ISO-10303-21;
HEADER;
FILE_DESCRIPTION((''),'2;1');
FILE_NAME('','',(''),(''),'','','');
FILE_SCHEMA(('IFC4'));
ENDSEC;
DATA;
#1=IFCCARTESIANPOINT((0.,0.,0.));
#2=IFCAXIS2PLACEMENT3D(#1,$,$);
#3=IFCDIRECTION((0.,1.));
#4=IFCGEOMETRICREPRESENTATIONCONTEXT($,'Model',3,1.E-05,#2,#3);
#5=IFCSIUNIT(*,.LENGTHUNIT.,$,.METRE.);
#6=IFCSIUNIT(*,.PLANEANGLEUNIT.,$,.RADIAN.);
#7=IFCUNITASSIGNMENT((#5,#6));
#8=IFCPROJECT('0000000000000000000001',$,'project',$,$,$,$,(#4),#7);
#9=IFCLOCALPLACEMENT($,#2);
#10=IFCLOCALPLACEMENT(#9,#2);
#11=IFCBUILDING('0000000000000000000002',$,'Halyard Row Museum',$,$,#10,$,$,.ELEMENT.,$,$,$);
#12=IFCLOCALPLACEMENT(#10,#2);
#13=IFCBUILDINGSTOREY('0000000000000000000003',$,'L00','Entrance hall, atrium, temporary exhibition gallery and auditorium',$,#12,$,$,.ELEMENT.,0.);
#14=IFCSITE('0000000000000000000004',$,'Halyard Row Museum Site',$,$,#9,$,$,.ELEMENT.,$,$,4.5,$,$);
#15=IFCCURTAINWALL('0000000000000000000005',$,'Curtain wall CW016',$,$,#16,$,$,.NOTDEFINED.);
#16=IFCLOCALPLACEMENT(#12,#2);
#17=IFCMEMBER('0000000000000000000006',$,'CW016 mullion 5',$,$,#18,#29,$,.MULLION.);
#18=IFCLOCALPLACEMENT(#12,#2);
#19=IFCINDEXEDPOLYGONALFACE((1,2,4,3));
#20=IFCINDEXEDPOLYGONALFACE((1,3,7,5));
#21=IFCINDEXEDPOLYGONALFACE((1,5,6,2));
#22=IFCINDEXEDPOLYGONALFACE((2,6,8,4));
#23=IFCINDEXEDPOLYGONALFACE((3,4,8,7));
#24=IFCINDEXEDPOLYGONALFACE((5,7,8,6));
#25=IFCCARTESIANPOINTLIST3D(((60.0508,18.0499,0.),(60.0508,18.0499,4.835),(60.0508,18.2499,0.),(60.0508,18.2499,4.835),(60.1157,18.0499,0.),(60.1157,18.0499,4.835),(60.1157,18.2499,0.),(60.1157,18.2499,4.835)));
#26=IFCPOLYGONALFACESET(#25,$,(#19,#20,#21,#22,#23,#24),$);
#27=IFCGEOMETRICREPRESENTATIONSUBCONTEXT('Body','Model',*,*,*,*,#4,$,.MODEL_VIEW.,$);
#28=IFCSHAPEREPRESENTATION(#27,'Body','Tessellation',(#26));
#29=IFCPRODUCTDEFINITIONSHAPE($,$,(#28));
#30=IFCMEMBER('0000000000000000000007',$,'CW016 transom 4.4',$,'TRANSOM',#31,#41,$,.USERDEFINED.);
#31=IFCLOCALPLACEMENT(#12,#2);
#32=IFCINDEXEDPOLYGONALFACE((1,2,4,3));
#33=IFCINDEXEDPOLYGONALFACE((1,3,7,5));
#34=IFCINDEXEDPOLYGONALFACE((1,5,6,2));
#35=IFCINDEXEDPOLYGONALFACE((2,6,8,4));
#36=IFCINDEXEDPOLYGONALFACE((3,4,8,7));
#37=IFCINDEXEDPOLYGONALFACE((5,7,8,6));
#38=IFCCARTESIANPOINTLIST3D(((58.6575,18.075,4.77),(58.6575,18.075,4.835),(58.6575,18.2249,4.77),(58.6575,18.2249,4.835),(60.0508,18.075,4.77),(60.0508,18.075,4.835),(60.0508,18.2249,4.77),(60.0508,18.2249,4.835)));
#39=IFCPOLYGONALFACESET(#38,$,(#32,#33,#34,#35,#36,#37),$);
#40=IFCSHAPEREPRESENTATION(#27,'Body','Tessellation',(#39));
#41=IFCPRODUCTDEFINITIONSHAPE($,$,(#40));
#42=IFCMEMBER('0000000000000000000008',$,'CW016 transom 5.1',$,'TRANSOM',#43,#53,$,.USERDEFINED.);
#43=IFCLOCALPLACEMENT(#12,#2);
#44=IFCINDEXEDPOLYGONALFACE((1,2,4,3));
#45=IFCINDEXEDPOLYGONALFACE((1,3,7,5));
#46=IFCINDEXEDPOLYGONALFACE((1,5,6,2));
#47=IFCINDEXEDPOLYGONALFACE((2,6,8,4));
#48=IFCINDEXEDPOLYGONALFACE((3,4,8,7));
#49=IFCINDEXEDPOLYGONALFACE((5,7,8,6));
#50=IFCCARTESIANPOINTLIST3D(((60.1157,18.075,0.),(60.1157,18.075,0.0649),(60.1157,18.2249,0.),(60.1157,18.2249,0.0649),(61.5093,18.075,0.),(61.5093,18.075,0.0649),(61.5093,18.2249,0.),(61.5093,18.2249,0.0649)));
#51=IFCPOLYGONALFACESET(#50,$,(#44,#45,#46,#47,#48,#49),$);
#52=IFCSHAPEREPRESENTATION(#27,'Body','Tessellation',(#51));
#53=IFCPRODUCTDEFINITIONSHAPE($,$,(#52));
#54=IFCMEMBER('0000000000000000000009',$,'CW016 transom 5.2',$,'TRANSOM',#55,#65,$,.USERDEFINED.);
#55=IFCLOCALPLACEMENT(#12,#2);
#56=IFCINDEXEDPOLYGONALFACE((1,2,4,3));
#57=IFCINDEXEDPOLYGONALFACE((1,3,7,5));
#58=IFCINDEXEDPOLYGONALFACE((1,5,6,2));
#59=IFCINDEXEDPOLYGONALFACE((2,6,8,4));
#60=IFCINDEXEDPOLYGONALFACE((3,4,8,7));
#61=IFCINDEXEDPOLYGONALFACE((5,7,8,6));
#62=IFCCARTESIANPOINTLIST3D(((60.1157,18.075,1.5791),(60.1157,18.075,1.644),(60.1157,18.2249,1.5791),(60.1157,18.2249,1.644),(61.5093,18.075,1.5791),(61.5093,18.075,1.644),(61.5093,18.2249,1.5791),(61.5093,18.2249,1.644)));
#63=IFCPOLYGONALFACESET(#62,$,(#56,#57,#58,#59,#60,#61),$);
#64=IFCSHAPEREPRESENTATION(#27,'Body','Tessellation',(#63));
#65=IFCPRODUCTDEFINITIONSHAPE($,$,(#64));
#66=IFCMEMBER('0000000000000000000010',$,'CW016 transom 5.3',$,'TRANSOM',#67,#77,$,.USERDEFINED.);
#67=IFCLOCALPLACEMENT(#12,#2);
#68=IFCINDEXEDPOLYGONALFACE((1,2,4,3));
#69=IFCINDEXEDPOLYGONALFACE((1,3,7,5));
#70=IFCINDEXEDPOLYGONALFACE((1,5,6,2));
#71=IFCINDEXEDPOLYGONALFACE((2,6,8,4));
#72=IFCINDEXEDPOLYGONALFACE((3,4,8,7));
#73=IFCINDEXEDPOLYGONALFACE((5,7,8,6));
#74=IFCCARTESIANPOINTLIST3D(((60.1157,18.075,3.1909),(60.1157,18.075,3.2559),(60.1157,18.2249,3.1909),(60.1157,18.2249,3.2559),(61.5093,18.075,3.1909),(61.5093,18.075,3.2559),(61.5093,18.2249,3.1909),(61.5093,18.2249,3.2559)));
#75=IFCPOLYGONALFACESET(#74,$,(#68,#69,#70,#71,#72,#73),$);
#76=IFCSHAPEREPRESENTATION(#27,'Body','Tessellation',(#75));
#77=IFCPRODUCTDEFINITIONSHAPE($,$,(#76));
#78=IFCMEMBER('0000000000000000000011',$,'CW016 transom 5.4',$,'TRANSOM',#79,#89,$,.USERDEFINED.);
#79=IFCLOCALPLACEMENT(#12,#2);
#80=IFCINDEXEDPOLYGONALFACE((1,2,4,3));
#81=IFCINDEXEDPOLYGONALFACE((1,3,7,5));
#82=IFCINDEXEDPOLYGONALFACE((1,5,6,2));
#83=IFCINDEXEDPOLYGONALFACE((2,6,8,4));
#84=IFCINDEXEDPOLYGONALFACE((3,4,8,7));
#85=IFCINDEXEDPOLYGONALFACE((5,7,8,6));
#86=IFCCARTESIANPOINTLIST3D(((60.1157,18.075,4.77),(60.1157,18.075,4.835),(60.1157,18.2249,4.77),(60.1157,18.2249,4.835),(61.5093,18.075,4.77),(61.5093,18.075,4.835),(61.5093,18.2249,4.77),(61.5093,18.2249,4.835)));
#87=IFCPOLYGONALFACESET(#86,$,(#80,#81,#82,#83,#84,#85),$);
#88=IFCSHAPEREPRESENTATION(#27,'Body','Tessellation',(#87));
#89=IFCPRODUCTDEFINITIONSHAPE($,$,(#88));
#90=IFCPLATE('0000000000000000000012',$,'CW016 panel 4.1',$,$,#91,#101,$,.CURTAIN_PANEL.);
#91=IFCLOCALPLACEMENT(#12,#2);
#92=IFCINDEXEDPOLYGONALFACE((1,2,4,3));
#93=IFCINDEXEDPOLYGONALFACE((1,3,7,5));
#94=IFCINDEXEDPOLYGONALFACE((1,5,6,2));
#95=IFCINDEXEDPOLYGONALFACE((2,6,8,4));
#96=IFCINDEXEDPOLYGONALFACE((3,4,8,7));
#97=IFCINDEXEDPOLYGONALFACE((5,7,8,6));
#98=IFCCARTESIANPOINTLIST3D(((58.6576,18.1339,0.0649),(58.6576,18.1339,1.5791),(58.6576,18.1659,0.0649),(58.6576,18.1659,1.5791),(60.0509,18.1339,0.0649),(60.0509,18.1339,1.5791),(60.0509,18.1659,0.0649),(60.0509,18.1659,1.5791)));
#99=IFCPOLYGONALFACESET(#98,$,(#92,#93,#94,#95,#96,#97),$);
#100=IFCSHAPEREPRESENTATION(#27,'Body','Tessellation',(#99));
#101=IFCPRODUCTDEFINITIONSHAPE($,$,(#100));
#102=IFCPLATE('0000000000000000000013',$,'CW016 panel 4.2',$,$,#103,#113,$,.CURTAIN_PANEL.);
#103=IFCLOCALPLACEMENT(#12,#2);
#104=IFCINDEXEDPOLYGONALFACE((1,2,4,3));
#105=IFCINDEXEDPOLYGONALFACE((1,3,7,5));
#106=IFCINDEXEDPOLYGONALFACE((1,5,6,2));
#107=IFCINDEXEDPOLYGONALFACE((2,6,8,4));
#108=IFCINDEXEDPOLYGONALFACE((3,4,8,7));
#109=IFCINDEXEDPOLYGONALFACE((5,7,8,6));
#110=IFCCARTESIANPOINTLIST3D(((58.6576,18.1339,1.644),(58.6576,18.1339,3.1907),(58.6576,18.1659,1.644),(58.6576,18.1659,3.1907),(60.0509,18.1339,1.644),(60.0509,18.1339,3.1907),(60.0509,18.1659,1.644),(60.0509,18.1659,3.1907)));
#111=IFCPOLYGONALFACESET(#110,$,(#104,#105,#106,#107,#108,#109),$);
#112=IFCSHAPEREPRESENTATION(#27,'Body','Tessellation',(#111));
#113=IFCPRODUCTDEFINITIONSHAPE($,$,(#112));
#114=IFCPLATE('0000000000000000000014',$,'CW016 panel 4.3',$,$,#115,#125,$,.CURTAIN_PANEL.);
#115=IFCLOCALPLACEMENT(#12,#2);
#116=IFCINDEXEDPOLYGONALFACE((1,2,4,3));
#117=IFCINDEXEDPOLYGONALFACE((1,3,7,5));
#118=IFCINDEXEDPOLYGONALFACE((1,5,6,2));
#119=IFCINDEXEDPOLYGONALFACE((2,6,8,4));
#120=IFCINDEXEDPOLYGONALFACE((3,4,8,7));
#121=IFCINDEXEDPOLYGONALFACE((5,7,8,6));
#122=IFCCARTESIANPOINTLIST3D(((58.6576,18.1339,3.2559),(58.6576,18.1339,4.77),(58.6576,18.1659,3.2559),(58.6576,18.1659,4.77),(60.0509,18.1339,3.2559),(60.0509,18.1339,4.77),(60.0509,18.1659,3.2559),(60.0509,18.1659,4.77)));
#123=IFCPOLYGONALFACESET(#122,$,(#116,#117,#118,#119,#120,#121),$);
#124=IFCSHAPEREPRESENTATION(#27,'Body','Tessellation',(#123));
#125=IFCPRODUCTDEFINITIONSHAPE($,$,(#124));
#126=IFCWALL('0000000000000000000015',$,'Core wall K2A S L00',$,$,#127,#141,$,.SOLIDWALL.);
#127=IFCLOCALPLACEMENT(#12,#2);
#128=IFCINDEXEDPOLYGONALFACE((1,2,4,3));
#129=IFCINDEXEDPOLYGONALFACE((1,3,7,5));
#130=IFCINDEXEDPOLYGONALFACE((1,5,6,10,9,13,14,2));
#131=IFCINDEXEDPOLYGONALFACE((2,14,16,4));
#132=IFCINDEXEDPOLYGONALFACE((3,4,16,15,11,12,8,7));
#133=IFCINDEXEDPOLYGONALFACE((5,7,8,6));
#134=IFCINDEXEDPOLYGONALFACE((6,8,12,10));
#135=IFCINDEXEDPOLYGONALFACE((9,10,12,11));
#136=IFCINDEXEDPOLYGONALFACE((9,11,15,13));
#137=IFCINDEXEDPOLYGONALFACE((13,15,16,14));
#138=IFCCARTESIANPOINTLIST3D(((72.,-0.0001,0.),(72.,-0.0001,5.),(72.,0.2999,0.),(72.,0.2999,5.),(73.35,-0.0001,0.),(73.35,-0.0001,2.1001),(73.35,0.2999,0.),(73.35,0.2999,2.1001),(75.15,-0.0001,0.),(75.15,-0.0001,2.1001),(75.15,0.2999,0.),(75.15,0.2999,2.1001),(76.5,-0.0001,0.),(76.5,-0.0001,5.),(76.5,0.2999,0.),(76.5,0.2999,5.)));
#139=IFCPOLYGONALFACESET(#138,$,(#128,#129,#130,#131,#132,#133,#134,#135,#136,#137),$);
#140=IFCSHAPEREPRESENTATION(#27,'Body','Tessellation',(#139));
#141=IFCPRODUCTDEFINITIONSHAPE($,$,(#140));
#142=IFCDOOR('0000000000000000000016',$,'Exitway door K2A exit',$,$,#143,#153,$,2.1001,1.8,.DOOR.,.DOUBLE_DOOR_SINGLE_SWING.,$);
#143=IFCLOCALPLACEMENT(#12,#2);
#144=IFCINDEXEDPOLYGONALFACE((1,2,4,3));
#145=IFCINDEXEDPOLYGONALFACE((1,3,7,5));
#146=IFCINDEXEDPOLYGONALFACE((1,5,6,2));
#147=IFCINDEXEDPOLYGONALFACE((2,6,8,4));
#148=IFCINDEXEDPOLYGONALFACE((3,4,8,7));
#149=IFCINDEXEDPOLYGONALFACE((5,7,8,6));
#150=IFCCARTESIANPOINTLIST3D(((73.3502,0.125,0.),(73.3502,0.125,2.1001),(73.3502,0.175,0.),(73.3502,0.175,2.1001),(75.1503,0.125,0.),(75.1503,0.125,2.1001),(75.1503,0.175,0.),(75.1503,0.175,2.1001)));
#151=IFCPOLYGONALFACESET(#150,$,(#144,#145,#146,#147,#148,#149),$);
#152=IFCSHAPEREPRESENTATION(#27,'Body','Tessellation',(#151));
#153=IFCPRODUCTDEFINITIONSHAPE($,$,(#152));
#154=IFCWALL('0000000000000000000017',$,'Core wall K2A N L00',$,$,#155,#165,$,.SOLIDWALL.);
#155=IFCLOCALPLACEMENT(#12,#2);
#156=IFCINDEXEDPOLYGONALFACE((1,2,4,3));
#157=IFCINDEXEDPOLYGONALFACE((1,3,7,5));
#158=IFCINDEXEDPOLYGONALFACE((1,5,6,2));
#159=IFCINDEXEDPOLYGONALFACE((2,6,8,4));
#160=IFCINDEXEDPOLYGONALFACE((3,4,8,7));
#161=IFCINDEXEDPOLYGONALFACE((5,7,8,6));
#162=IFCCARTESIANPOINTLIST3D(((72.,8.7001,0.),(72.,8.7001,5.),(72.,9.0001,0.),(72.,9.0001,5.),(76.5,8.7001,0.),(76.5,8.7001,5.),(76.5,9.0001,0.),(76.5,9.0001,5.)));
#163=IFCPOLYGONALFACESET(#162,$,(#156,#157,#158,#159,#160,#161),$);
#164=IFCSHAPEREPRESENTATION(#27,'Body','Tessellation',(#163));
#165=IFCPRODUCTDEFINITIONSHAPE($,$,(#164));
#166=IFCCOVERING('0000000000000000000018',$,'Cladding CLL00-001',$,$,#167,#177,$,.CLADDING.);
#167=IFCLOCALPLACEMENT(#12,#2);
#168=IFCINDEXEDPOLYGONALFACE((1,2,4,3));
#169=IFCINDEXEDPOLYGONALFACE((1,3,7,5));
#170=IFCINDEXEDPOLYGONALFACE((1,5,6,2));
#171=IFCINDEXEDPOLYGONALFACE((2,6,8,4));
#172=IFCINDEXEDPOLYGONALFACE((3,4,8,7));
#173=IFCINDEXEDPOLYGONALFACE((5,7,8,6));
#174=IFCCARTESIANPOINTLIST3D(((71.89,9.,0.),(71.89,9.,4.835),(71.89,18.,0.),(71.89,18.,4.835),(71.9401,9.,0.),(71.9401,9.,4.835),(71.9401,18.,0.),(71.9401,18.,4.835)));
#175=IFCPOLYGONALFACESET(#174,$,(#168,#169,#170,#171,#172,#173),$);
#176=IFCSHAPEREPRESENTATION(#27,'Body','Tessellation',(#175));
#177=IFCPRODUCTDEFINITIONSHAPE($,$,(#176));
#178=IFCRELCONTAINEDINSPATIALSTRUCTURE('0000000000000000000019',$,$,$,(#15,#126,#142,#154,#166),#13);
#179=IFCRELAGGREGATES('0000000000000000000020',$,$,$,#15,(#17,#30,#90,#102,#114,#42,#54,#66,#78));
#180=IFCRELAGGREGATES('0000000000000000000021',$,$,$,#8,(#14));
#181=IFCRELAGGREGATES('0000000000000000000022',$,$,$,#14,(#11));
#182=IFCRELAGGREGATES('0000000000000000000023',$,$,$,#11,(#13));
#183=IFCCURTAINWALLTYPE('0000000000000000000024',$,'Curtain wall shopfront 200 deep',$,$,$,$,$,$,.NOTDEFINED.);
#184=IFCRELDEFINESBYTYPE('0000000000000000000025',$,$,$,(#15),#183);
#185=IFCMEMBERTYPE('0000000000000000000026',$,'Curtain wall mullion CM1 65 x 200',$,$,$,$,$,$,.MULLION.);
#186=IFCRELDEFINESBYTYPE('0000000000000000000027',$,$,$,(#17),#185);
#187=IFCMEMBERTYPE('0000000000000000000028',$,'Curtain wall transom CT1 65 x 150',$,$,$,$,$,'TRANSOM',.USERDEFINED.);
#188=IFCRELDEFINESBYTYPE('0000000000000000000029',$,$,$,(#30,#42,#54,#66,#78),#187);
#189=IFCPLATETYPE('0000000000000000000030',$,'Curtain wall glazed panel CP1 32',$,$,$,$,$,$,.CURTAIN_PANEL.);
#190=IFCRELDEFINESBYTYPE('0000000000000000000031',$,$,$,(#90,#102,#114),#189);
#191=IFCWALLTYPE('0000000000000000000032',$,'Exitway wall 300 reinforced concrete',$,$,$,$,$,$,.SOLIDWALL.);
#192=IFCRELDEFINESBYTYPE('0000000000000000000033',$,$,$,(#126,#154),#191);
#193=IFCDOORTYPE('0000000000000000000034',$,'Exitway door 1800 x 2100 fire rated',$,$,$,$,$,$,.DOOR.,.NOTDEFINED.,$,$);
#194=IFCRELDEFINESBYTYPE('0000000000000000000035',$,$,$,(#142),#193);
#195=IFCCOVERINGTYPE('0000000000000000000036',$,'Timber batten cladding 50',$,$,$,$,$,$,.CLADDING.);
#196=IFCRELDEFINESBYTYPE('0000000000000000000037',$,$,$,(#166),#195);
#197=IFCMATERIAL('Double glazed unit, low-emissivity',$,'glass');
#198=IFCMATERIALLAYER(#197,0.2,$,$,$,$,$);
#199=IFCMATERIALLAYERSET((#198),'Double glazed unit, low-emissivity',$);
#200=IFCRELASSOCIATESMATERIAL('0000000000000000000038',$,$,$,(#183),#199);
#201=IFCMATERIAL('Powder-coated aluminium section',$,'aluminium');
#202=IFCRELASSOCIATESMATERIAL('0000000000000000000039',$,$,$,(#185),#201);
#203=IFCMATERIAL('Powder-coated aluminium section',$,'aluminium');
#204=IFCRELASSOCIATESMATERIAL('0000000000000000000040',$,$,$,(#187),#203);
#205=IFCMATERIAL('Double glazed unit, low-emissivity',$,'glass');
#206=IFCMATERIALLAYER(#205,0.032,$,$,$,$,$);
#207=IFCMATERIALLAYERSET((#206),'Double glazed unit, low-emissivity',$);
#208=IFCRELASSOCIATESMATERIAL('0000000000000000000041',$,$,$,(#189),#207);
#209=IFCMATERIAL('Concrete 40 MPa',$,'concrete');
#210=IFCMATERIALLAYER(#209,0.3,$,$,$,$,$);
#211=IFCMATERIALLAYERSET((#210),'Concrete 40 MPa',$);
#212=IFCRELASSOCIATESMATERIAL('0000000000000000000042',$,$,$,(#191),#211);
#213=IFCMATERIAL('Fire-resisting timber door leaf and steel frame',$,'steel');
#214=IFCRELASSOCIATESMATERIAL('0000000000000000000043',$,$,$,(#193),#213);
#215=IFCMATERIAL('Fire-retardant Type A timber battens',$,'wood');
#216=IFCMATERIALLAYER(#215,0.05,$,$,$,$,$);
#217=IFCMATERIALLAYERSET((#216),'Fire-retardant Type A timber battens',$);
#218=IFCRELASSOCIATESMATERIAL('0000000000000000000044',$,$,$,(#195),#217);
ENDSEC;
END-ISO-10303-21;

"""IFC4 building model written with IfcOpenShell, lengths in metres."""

from ifc_helpers import new_model, si_unit, direction, frame, frame_2d, origin, origin_2d, place, context, subcontext, project, spatial, rectangle, extrude, material, layer, layer_set, material_profile, profile_set, type_object, element, fill, aggregate, save


model = new_model("IFC4")

# Units and contexts
model_context = context("Model", 3, precision=1e-05, world=origin(), true_north=direction((0.0, 1.0)))
body_context = subcontext(model_context, "Body", "Model", "MODEL_VIEW")
ifc_project = project(units=[si_unit("LENGTHUNIT", "METRE"), si_unit("PLANEANGLEUNIT", "RADIAN")], contexts=[model_context])

# Site, building, storey
site_placement = place(None, origin())
site = spatial("IfcSite", under=ifc_project, at=site_placement, Name="Halyard Row Museum Site", CompositionType="ELEMENT", RefElevation=4.5)
building_placement = place(site_placement, origin())
building = spatial("IfcBuilding", under=site, at=building_placement, Name="Halyard Row Museum", CompositionType="ELEMENT")
storey_placement = place(building_placement, origin())
storey = spatial("IfcBuildingStorey", under=building, at=storey_placement, Name="L00", Description="Entrance hall, atrium, temporary exhibition gallery and auditorium", CompositionType="ELEMENT", Elevation=0.0)

# Curtain wall, members, plates
ifc_material_1 = material(Name="Double glazed unit, low-emissivity", Category="glass")
ifc_layer_1 = layer(ifc_material_1, 0.2)
ifc_layer_set_1 = layer_set([ifc_layer_1], Name="Double glazed unit, low-emissivity")
curtain_wall_type = type_object("IfcCurtainWallType", Name="Curtain wall shopfront 200 deep", PredefinedType="NOTDEFINED", material=ifc_layer_set_1)
curtain_wall_placement = place(storey_placement, origin())
curtain_wall = element("IfcCurtainWall", 1, at=curtain_wall_placement, inside=storey, type_object=curtain_wall_type, Name="Curtain wall CW016", PredefinedType="NOTDEFINED")
ifc_material_2 = material(Name="Powder-coated aluminium section", Category="aluminium")
ifc_material_profile_1 = material_profile(ifc_material_2, rectangle(XDim=0.2, YDim=0.0649, at=origin_2d()), Name="200x65 mullion")
ifc_profile_set_1 = profile_set([ifc_material_profile_1], Name="Powder-coated aluminium section")
member_type_1 = type_object("IfcMemberType", Name="Curtain wall mullion CM1 65 x 200", PredefinedType="MULLION", material=ifc_profile_set_1)
member_1_placement = place(storey_placement, frame((60.0833, 18.1499, 0.0), z_axis=(0.0, 0.0, 1.0), x_axis=(0.0, 1.0, 0.0)))
member_1 = element("IfcMember", 2, at=member_1_placement, type_object=member_type_1, Name="CW016 mullion 5", PredefinedType="MULLION", context=body_context, shape_type="SweptSolid", body=[
    extrude(rectangle(XDim=0.2, YDim=0.0649, at=origin_2d()), origin(), (0.0, 0.0, 1.0), 4.835),
])
ifc_material_3 = material(Name="Powder-coated aluminium section", Category="aluminium")
ifc_material_profile_2 = material_profile(ifc_material_3, rectangle(XDim=0.1499, YDim=0.0649, at=origin_2d()), Name="150x65 transom")
ifc_profile_set_2 = profile_set([ifc_material_profile_2], Name="Powder-coated aluminium section")
member_type_2 = type_object("IfcMemberType", Name="Curtain wall transom CT1 65 x 150", ElementType="TRANSOM", PredefinedType="USERDEFINED", material=ifc_profile_set_2)
member_2_placement = place(storey_placement, frame((58.6575, 18.1499, 4.8025), z_axis=(1.0, 0.0, 0.0), x_axis=(0.0, 1.0, 0.0)))
member_2 = element("IfcMember", 3, at=member_2_placement, type_object=member_type_2, Name="CW016 transom 4.4", ObjectType="TRANSOM", PredefinedType="USERDEFINED", context=body_context, shape_type="SweptSolid", body=[
    extrude(rectangle(XDim=0.1499, YDim=0.0649, at=origin_2d()), origin(), (0.0, 0.0, 1.0), 1.3933),
])
member_3_placement = place(storey_placement, frame((60.1157, 18.1499, 0.0325), z_axis=(1.0, 0.0, 0.0), x_axis=(0.0, 1.0, 0.0)))
member_3 = element("IfcMember", 4, at=member_3_placement, type_object=member_type_2, Name="CW016 transom 5.1", ObjectType="TRANSOM", PredefinedType="USERDEFINED", context=body_context, shape_type="SweptSolid", body=[
    extrude(rectangle(XDim=0.1499, YDim=0.0649, at=origin_2d()), origin(), (0.0, 0.0, 1.0), 1.3936),
])
member_4_placement = place(storey_placement, frame((60.1157, 18.1499, 1.6116), z_axis=(1.0, 0.0, 0.0), x_axis=(0.0, 1.0, 0.0)))
member_4 = element("IfcMember", 5, at=member_4_placement, type_object=member_type_2, Name="CW016 transom 5.2", ObjectType="TRANSOM", PredefinedType="USERDEFINED", context=body_context, shape_type="SweptSolid", body=[
    extrude(rectangle(XDim=0.1499, YDim=0.0649, at=origin_2d()), origin(), (0.0, 0.0, 1.0), 1.3936),
])
member_5_placement = place(storey_placement, frame((60.1157, 18.1499, 3.2234), z_axis=(1.0, 0.0, 0.0), x_axis=(0.0, 1.0, 0.0)))
member_5 = element("IfcMember", 6, at=member_5_placement, type_object=member_type_2, Name="CW016 transom 5.3", ObjectType="TRANSOM", PredefinedType="USERDEFINED", context=body_context, shape_type="SweptSolid", body=[
    extrude(rectangle(XDim=0.1499, YDim=0.0649, at=origin_2d()), origin(), (0.0, 0.0, 1.0), 1.3936),
])
member_6_placement = place(storey_placement, frame((60.1157, 18.1499, 4.8025), z_axis=(1.0, 0.0, 0.0), x_axis=(0.0, 1.0, 0.0)))
member_6 = element("IfcMember", 7, at=member_6_placement, type_object=member_type_2, Name="CW016 transom 5.4", ObjectType="TRANSOM", PredefinedType="USERDEFINED", context=body_context, shape_type="SweptSolid", body=[
    extrude(rectangle(XDim=0.1499, YDim=0.0649, at=origin_2d()), origin(), (0.0, 0.0, 1.0), 1.3936),
])
ifc_material_4 = material(Name="Double glazed unit, low-emissivity", Category="glass")
ifc_layer_2 = layer(ifc_material_4, 0.032)
ifc_layer_set_2 = layer_set([ifc_layer_2], Name="Double glazed unit, low-emissivity")
plate_type = type_object("IfcPlateType", Name="Curtain wall glazed panel CP1 32", PredefinedType="CURTAIN_PANEL", material=ifc_layer_set_2)
plate_1_placement = place(storey_placement, frame((59.3542, 18.1499, 0.0649), z_axis=(0.0, 0.0, 1.0), x_axis=(1.0, 0.0, 0.0)))
plate_1 = element("IfcPlate", 8, at=plate_1_placement, type_object=plate_type, Name="CW016 panel 4.1", PredefinedType="CURTAIN_PANEL", context=body_context, shape_type="SweptSolid", body=[
    extrude(rectangle(XDim=1.3933, YDim=0.032, at=origin_2d()), origin(), (0.0, 0.0, 1.0), 1.5142),
])
plate_2_placement = place(storey_placement, frame((59.3542, 18.1499, 1.644), z_axis=(0.0, 0.0, 1.0), x_axis=(1.0, 0.0, 0.0)))
plate_2 = element("IfcPlate", 9, at=plate_2_placement, type_object=plate_type, Name="CW016 panel 4.2", PredefinedType="CURTAIN_PANEL", context=body_context, shape_type="SweptSolid", body=[
    extrude(rectangle(XDim=1.3933, YDim=0.032, at=origin_2d()), origin(), (0.0, 0.0, 1.0), 1.5466),
])
plate_3_placement = place(storey_placement, frame((59.3542, 18.1499, 3.2559), z_axis=(0.0, 0.0, 1.0), x_axis=(1.0, 0.0, 0.0)))
plate_3 = element("IfcPlate", 10, at=plate_3_placement, type_object=plate_type, Name="CW016 panel 4.3", PredefinedType="CURTAIN_PANEL", context=body_context, shape_type="SweptSolid", body=[
    extrude(rectangle(XDim=1.3933, YDim=0.032, at=origin_2d()), origin(), (0.0, 0.0, 1.0), 1.5142),
])
aggregate(curtain_wall, [member_1, member_2, plate_1, plate_2, plate_3, member_3, member_4, member_5, member_6])

# Wall, opening, door
ifc_material_5 = material(Name="Concrete 40 MPa", Category="concrete")
ifc_layer_3 = layer(ifc_material_5, 0.3)
ifc_layer_set_3 = layer_set([ifc_layer_3], Name="Concrete 40 MPa")
wall_type = type_object("IfcWallType", Name="Exitway wall 300 reinforced concrete", PredefinedType="SOLIDWALL", material=ifc_layer_set_3)
wall_1_placement = place(storey_placement, frame((72.0, 0.1499, 0.0), z_axis=(0.0, 0.0, 1.0), x_axis=(1.0, 0.0, 0.0)))
wall_1 = element("IfcWall", 11, at=wall_1_placement, inside=storey, type_object=wall_type, Name="Core wall K2A S L00", PredefinedType="SOLIDWALL", context=body_context, shape_type="SweptSolid", body=[
    extrude(rectangle(XDim=4.5, YDim=0.3, at=frame_2d((2.25, 0.0))), origin(), (0.0, 0.0, 1.0), 5.0),
])
opening_placement = place(wall_1_placement, frame((1.3501, 0.0, 0.0)))
opening = element("IfcOpeningElement", 12, at=opening_placement, cuts=wall_1, PredefinedType="OPENING", context=body_context, shape_type="SweptSolid", body=[
    extrude(rectangle(XDim=1.8, YDim=2.1001, at=frame_2d((0.8999, 1.05))), frame((0.0, 0.1599, 0.0), z_axis=(0.0, -1.0, 0.0), x_axis=(1.0, 0.0, 0.0)), (0.0, 0.0, 1.0), 0.3201),
])
ifc_material_6 = material(Name="Fire-resisting timber door leaf and steel frame", Category="steel")
door_type = type_object("IfcDoorType", Name="Exitway door 1800 x 2100 fire rated", OperationType="NOTDEFINED", PredefinedType="DOOR", material=ifc_material_6)
door_placement = place(opening_placement, frame((1.8, 0.0, 0.0), z_axis=(0.0, 0.0, 1.0), x_axis=(-1.0, 0.0, 0.0)))
door = element("IfcDoor", 13, at=door_placement, inside=storey, type_object=door_type, Name="Exitway door K2A exit", OperationType="DOUBLE_DOOR_SINGLE_SWING", OverallHeight=2.1001, OverallWidth=1.8, PredefinedType="DOOR", context=body_context, shape_type="SweptSolid", body=[
    extrude(rectangle(XDim=1.8, YDim=2.1001, at=frame_2d((0.8999, 1.05))), frame((0.0, 0.0249, 0.0), z_axis=(0.0, -1.0, 0.0), x_axis=(1.0, 0.0, 0.0)), (0.0, 0.0, 1.0), 0.05),
])
fill(opening, door)

# Wall
wall_2_placement = place(storey_placement, frame((72.0, 8.8501, 0.0), z_axis=(0.0, 0.0, 1.0), x_axis=(1.0, 0.0, 0.0)))
element("IfcWall", 14, at=wall_2_placement, inside=storey, type_object=wall_type, Name="Core wall K2A N L00", PredefinedType="SOLIDWALL", context=body_context, shape_type="SweptSolid", body=[
    extrude(rectangle(XDim=4.5, YDim=0.3, at=frame_2d((2.25, 0.0))), origin(), (0.0, 0.0, 1.0), 5.0),
])

# Covering
ifc_material_7 = material(Name="Fire-retardant Type A timber battens", Category="wood")
ifc_layer_4 = layer(ifc_material_7, 0.05)
ifc_layer_set_4 = layer_set([ifc_layer_4], Name="Fire-retardant Type A timber battens")
covering_type = type_object("IfcCoveringType", Name="Timber batten cladding 50", PredefinedType="CLADDING", material=ifc_layer_set_4)
covering_placement = place(storey_placement, frame((71.915, 18.0, 0.0), z_axis=(0.0, 0.0, 1.0), x_axis=(0.0, -1.0, 0.0)))
element("IfcCovering", 15, at=covering_placement, inside=storey, type_object=covering_type, Name="Cladding CLL00-001", PredefinedType="CLADDING", context=body_context, shape_type="SweptSolid", body=[
    extrude(rectangle(XDim=9.0, YDim=0.05, at=frame_2d((4.5, 0.0))), origin(), (0.0, 0.0, 1.0), 4.835),
])

save(model, "model.ifc")
